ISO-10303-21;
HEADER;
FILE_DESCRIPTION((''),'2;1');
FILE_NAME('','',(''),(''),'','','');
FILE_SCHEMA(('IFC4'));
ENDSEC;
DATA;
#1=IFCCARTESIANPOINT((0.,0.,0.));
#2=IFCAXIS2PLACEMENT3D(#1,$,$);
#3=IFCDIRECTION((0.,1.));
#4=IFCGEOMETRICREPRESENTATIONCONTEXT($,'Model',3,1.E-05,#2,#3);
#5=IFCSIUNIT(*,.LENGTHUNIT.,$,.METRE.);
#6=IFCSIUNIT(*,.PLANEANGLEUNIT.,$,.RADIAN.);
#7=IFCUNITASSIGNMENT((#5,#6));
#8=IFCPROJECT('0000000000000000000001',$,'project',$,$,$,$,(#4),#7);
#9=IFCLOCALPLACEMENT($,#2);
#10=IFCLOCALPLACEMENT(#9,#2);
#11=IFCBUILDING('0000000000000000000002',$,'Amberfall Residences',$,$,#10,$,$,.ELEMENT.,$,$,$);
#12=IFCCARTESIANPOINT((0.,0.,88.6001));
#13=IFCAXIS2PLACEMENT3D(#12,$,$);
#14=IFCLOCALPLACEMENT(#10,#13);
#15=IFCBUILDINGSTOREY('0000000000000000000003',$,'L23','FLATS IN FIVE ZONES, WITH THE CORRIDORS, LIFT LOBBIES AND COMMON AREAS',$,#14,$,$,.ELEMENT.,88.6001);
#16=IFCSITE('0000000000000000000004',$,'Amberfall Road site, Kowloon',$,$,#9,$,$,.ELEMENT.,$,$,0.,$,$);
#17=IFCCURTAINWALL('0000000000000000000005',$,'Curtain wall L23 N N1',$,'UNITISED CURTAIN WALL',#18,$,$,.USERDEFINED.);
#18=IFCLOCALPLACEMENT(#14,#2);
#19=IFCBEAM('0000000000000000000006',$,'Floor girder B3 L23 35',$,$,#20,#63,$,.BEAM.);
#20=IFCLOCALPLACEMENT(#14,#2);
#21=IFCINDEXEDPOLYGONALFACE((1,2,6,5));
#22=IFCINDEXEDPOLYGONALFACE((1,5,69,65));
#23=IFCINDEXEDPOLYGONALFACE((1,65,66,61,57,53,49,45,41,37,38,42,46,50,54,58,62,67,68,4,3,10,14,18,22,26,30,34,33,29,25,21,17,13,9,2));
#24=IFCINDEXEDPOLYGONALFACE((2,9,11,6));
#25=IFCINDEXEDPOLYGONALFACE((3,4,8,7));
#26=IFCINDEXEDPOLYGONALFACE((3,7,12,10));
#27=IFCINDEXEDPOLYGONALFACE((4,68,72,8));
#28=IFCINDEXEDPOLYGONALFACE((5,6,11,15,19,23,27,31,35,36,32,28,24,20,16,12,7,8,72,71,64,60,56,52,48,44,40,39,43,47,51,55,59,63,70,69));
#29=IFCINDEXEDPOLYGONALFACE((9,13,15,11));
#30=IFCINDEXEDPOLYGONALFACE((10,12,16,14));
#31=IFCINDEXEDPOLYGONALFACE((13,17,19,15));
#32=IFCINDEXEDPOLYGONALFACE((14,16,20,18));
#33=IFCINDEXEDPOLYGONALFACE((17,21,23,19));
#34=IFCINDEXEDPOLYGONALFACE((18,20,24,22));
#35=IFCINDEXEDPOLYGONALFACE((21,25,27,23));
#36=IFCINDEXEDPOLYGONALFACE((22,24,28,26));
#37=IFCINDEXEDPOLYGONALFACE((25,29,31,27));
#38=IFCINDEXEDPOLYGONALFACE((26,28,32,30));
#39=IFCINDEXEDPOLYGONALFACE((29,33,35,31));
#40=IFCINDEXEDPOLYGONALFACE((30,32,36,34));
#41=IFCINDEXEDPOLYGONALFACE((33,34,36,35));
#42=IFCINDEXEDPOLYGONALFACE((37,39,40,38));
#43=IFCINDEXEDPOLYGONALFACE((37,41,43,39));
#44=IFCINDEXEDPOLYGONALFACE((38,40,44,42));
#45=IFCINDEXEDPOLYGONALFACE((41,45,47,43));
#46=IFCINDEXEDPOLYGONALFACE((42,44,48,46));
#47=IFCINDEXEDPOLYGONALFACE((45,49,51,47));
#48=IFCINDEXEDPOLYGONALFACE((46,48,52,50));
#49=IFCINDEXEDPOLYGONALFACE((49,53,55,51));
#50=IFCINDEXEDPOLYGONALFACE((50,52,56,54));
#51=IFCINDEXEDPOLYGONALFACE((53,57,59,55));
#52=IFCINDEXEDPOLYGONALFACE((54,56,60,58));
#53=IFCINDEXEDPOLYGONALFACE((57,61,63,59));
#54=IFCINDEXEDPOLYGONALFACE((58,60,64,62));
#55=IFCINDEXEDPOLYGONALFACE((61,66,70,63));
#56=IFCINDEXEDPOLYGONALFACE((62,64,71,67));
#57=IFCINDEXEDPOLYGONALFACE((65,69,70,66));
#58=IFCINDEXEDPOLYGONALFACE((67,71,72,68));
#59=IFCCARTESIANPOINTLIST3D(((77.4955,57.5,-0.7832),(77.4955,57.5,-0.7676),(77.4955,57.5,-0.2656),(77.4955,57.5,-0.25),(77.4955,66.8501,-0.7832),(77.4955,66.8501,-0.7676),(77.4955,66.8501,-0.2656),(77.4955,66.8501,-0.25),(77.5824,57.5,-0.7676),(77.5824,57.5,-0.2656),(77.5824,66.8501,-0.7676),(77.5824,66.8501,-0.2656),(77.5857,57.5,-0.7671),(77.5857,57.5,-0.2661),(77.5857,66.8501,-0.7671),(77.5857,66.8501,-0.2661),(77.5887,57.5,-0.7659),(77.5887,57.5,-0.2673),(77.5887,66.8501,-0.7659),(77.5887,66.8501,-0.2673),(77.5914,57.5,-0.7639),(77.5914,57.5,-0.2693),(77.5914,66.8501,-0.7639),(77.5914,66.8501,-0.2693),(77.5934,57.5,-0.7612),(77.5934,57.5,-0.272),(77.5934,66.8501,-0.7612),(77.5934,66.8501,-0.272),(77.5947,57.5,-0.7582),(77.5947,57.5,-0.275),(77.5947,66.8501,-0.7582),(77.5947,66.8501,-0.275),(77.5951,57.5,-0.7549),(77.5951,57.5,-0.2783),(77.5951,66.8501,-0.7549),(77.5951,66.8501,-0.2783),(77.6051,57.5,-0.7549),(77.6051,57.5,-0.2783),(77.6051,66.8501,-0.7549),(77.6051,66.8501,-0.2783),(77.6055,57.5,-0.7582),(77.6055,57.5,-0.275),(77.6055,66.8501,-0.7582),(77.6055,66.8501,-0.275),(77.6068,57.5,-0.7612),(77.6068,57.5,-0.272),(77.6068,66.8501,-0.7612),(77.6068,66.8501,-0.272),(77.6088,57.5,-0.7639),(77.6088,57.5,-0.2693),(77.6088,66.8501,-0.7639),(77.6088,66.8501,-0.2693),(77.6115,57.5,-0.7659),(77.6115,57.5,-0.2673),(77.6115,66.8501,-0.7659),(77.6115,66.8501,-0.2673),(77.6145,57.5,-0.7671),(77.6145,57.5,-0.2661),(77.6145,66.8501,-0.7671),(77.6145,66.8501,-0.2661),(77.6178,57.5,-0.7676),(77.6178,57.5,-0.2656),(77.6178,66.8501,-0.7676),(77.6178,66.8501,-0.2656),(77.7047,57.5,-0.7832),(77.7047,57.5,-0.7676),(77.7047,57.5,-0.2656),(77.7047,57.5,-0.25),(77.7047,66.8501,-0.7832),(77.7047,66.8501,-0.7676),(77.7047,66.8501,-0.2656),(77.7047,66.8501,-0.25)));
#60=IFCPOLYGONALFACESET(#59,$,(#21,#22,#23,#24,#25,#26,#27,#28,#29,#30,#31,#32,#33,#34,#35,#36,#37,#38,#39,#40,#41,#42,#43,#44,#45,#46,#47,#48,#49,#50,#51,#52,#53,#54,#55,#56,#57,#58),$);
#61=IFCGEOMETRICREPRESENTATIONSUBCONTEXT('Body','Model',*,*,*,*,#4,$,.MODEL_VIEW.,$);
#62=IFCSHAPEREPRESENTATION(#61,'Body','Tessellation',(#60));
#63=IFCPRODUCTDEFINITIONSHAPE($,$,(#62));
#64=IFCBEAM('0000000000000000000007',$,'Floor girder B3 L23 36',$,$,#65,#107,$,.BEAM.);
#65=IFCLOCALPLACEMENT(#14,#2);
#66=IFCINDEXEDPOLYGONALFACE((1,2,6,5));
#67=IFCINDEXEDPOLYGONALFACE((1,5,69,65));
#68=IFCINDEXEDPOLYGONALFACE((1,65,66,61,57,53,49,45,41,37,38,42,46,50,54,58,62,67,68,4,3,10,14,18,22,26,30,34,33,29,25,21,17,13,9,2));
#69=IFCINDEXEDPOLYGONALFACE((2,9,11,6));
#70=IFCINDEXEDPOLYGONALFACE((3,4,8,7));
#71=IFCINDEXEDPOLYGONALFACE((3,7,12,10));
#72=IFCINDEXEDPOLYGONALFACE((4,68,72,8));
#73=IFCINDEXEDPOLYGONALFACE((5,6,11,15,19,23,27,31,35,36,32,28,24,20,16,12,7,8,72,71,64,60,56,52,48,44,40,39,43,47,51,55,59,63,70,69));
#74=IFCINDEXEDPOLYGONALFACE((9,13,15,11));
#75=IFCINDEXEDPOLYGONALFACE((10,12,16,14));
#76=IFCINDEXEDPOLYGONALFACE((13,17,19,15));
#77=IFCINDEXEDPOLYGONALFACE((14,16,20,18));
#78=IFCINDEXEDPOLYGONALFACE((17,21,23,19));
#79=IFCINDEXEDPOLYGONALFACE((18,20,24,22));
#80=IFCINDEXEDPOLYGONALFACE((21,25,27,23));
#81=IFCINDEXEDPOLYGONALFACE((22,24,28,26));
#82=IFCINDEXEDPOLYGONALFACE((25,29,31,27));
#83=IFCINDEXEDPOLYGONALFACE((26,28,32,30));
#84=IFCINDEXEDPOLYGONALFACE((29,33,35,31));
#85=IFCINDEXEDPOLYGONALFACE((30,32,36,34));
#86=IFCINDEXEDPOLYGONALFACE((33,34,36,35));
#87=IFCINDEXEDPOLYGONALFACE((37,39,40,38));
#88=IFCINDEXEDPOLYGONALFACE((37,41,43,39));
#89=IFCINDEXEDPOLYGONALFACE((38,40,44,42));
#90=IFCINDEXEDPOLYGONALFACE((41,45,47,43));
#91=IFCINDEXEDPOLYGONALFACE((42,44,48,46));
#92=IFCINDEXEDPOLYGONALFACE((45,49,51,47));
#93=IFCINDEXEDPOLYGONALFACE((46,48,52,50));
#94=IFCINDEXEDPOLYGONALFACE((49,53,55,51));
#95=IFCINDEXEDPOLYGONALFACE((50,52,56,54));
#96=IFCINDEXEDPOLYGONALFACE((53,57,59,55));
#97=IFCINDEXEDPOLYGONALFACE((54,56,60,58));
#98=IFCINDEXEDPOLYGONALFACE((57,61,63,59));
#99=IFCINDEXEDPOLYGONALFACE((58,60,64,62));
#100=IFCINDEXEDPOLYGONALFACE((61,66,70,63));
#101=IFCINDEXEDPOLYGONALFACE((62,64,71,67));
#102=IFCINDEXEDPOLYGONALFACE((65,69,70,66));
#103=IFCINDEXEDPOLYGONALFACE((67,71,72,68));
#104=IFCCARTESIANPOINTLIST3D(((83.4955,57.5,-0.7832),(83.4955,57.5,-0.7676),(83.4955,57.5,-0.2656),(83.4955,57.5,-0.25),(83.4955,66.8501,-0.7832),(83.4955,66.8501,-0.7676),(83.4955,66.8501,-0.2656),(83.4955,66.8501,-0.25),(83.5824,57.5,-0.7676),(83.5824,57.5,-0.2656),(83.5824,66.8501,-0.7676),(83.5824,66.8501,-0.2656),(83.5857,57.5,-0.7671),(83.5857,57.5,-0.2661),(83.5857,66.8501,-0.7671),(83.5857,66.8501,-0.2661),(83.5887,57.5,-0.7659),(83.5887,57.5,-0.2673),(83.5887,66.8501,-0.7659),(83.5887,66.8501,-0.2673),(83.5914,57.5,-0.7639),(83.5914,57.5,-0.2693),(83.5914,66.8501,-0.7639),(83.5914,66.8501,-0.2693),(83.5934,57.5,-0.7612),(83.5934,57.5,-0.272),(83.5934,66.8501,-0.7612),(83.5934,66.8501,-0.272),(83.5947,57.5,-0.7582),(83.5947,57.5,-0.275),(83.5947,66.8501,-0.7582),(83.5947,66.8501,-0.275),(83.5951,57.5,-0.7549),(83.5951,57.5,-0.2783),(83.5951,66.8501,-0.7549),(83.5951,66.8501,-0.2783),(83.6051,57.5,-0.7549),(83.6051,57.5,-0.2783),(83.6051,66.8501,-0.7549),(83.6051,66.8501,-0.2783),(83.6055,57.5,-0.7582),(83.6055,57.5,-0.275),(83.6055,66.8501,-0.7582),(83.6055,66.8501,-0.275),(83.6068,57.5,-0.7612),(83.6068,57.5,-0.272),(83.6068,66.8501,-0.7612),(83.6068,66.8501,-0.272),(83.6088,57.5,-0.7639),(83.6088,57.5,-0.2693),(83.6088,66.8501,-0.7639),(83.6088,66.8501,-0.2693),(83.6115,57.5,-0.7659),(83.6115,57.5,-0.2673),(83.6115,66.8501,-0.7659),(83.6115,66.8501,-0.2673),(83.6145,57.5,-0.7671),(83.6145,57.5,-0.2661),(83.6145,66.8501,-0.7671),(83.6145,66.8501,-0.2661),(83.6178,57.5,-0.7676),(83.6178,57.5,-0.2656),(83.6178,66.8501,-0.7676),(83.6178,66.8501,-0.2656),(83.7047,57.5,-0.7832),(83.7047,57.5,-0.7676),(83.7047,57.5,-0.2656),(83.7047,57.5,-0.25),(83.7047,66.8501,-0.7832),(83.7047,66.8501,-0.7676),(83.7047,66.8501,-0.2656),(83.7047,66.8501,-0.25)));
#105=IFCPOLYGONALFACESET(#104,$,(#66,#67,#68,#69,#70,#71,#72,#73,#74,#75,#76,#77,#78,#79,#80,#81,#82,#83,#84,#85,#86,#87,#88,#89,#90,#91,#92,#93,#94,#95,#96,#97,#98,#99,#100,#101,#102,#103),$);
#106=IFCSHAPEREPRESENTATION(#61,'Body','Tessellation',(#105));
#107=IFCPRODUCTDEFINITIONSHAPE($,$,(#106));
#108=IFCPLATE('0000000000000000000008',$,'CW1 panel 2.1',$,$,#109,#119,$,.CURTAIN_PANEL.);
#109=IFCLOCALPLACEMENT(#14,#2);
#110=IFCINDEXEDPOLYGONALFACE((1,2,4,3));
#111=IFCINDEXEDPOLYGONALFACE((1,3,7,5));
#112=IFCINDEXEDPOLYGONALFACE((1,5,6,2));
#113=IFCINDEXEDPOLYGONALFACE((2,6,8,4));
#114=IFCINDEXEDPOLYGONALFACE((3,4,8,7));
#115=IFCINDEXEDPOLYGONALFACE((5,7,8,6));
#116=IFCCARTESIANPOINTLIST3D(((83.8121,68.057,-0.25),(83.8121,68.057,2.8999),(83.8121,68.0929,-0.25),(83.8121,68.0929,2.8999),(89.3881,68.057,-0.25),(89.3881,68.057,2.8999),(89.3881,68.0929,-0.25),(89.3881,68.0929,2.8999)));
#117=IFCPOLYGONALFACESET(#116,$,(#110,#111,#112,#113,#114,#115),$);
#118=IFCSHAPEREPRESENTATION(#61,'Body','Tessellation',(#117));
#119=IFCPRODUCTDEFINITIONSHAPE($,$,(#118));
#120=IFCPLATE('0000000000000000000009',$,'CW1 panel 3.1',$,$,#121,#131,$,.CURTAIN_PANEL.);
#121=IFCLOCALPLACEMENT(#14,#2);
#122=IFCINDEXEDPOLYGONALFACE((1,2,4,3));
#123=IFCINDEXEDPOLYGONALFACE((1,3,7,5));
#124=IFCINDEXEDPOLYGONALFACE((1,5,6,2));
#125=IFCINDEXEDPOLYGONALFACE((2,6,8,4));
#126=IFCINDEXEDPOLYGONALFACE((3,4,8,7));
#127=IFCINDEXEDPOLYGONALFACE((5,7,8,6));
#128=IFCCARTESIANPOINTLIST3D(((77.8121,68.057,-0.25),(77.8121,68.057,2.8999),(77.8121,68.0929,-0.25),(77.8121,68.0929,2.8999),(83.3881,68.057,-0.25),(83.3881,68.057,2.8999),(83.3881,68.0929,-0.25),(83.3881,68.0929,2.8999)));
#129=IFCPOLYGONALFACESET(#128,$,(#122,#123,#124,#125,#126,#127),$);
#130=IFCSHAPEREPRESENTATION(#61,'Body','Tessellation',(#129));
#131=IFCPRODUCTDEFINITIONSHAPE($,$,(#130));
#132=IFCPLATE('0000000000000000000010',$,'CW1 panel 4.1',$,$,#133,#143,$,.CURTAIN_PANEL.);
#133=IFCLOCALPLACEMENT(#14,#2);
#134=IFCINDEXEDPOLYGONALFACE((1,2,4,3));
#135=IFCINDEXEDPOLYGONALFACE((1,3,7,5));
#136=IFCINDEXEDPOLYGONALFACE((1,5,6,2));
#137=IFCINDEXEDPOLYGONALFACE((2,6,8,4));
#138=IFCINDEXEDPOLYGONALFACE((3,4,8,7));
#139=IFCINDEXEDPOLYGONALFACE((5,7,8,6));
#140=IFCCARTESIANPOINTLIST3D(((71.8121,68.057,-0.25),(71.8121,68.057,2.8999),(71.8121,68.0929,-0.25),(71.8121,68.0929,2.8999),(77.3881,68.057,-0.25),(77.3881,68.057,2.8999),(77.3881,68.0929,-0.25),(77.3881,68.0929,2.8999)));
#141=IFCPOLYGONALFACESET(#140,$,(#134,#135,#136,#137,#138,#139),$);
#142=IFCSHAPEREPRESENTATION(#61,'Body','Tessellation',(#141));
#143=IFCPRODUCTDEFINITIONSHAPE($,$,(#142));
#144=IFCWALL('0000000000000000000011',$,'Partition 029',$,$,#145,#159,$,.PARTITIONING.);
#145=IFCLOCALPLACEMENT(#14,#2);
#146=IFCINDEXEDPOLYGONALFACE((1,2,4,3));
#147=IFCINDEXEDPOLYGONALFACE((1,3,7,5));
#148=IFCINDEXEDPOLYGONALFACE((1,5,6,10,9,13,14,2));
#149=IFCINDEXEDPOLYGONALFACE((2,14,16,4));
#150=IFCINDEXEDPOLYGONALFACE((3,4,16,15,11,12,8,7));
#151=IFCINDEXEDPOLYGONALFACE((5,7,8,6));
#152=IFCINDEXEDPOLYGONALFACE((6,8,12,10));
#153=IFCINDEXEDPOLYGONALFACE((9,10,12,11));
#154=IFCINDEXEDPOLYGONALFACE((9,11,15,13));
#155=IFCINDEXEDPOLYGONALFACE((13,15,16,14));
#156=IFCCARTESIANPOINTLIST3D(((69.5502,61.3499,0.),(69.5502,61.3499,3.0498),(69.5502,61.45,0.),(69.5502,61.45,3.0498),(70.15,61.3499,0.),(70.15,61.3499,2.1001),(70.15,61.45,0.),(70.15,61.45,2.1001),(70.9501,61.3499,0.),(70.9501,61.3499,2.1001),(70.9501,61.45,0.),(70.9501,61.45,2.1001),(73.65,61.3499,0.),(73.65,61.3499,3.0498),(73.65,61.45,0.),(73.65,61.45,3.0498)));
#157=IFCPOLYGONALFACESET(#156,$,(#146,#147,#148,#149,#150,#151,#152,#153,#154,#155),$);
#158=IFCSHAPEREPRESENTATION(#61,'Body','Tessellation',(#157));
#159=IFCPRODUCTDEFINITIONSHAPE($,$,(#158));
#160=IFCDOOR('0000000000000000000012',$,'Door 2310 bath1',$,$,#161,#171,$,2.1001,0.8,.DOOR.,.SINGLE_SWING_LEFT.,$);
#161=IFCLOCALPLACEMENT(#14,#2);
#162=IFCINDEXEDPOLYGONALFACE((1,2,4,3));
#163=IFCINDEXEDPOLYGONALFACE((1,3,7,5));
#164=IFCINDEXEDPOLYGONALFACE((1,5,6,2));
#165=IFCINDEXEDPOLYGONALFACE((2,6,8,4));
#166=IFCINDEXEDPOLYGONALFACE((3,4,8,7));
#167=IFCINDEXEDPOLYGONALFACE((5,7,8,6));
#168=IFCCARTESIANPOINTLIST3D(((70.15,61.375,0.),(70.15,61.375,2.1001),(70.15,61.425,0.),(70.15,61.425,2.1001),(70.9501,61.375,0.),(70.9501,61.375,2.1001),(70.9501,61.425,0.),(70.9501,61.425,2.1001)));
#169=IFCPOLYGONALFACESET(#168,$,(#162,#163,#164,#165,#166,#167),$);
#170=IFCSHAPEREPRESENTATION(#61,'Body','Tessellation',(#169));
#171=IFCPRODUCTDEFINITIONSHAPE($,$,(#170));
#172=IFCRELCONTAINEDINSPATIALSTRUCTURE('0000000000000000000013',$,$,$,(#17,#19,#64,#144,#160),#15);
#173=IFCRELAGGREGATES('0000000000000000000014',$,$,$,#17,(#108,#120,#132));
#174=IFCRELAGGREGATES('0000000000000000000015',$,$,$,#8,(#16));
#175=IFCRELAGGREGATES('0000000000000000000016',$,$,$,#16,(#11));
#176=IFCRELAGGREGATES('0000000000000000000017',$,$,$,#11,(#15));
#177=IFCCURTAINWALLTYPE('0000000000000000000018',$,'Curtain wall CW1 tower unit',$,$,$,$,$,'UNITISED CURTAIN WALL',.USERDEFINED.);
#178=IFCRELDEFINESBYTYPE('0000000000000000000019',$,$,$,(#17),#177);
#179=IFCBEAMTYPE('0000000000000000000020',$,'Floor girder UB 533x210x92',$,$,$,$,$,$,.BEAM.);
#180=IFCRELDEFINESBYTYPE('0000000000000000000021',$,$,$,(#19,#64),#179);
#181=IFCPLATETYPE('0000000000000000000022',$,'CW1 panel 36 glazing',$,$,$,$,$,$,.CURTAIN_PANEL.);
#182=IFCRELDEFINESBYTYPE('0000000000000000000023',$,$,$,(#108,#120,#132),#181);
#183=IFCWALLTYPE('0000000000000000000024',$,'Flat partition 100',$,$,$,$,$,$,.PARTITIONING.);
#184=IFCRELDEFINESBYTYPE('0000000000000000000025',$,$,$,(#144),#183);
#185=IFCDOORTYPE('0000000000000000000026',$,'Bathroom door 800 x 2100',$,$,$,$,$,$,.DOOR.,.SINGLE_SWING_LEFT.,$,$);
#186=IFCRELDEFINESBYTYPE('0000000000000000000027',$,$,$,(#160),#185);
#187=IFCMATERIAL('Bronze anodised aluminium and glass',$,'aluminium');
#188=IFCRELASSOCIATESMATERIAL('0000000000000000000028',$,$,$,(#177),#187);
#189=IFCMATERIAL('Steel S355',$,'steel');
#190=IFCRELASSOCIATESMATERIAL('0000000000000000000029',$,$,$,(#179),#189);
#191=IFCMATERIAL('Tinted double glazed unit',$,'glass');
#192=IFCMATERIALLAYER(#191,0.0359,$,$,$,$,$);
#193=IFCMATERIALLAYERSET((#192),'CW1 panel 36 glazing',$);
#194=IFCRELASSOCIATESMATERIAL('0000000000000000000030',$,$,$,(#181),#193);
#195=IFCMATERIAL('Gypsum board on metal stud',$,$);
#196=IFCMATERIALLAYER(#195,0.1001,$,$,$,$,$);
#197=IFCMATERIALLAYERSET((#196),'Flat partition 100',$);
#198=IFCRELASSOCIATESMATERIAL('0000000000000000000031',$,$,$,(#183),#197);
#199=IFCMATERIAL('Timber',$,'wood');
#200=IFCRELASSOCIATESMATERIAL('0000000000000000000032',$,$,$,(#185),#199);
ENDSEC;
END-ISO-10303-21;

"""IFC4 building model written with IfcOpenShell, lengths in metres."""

from ifc_helpers import new_model, si_unit, direction, frame, frame_2d, origin, origin_2d, place, context, subcontext, project, spatial, rectangle, i_section, extrude, material, layer, layer_set, material_profile, profile_set, type_object, element, fill, aggregate, save


model = new_model("IFC4")

# Units and contexts
model_context = context("Model", 3, precision=1e-05, world=origin(), true_north=direction((0.0, 1.0)))
body_context = subcontext(model_context, "Body", "Model", "MODEL_VIEW")
ifc_project = project(units=[si_unit("LENGTHUNIT", "METRE"), si_unit("PLANEANGLEUNIT", "RADIAN")], contexts=[model_context])

# Site, building, storey
site_placement = place(None, origin())
site = spatial("IfcSite", under=ifc_project, at=site_placement, Name="Amberfall Road site, Kowloon", CompositionType="ELEMENT", RefElevation=0.0)
building_placement = place(site_placement, origin())
building = spatial("IfcBuilding", under=site, at=building_placement, Name="Amberfall Residences", CompositionType="ELEMENT")
storey_placement = place(building_placement, frame((0.0, 0.0, 88.6001)))
storey = spatial("IfcBuildingStorey", under=building, at=storey_placement, Name="L23", Description="FLATS IN FIVE ZONES, WITH THE CORRIDORS, LIFT LOBBIES AND COMMON AREAS", CompositionType="ELEMENT", Elevation=88.6001)

# Curtain wall
ifc_material_1 = material(Name="Bronze anodised aluminium and glass", Category="aluminium")
curtain_wall_type = type_object("IfcCurtainWallType", Name="Curtain wall CW1 tower unit", ElementType="UNITISED CURTAIN WALL", PredefinedType="USERDEFINED", material=ifc_material_1)
curtain_wall_placement = place(storey_placement, origin())
curtain_wall = element("IfcCurtainWall", 1, at=curtain_wall_placement, inside=storey, type_object=curtain_wall_type, Name="Curtain wall L23 N N1", ObjectType="UNITISED CURTAIN WALL", PredefinedType="USERDEFINED")

# Shared definitions
ifc_material_2 = material(Name="Steel S355", Category="steel")

# Beams
ifc_material_profile_1 = material_profile(ifc_material_2, i_section(OverallWidth=0.2092, OverallDepth=0.5332, WebThickness=0.01, FlangeThickness=0.0156, FilletRadius=0.0127, at=origin_2d()), Name="UB 533x210x92")
ifc_profile_set_1 = profile_set([ifc_material_profile_1], Name="Steel S355")
beam_type_1 = type_object("IfcBeamType", Name="Floor girder UB 533x210x92", PredefinedType="BEAM", material=ifc_profile_set_1)
for number, where, z_axis, x_axis, name in (
    (2, (77.6001, 66.8501, -0.5166), (0.0, -1.0, 0.0), (1.0, 0.0, 0.0), "Floor girder B3 L23 35"),
    (3, (83.6001, 66.8501, -0.5166), (0.0, -1.0, 0.0), (1.0, 0.0, 0.0), "Floor girder B3 L23 36"),
):
    element("IfcBeam", number, at=place(storey_placement, frame(where, z_axis=z_axis, x_axis=x_axis)), inside=storey, type_object=beam_type_1, Name=name, PredefinedType="BEAM", context=body_context, shape_type="SweptSolid", body=[
        extrude(i_section(OverallWidth=0.2092, OverallDepth=0.5332, WebThickness=0.01, FlangeThickness=0.0156, FilletRadius=0.0127, at=origin_2d()), origin(), (0.0, 0.0, 1.0), 9.3501),
    ])

# Plates
ifc_material_3 = material(Name="Tinted double glazed unit", Category="glass")
ifc_layer_1 = layer(ifc_material_3, 0.0359)
ifc_layer_set_1 = layer_set([ifc_layer_1], Name="CW1 panel 36 glazing")
plate_type = type_object("IfcPlateType", Name="CW1 panel 36 glazing", PredefinedType="CURTAIN_PANEL", material=ifc_layer_set_1)
plate_1_placement = place(storey_placement, frame((86.6001, 68.075, -0.25), z_axis=(0.0, 0.0, 1.0), x_axis=(-1.0, 0.0, 0.0)))
plate_1 = element("IfcPlate", 4, at=plate_1_placement, type_object=plate_type, Name="CW1 panel 2.1", PredefinedType="CURTAIN_PANEL", context=body_context, shape_type="SweptSolid", body=[
    extrude(rectangle(XDim=5.5759, YDim=0.0359, at=origin_2d()), origin(), (0.0, 0.0, 1.0), 3.1499),
])
plate_2_placement = place(storey_placement, frame((80.6001, 68.075, -0.25), z_axis=(0.0, 0.0, 1.0), x_axis=(-1.0, 0.0, 0.0)))
plate_2 = element("IfcPlate", 5, at=plate_2_placement, type_object=plate_type, Name="CW1 panel 3.1", PredefinedType="CURTAIN_PANEL", context=body_context, shape_type="SweptSolid", body=[
    extrude(rectangle(XDim=5.5759, YDim=0.0359, at=origin_2d()), origin(), (0.0, 0.0, 1.0), 3.1499),
])
plate_3_placement = place(storey_placement, frame((74.6001, 68.075, -0.25), z_axis=(0.0, 0.0, 1.0), x_axis=(-1.0, 0.0, 0.0)))
plate_3 = element("IfcPlate", 6, at=plate_3_placement, type_object=plate_type, Name="CW1 panel 4.1", PredefinedType="CURTAIN_PANEL", context=body_context, shape_type="SweptSolid", body=[
    extrude(rectangle(XDim=5.5759, YDim=0.0359, at=origin_2d()), origin(), (0.0, 0.0, 1.0), 3.1499),
])
aggregate(curtain_wall, [plate_1, plate_2, plate_3])

# Wall, opening, door
ifc_material_4 = material(Name="Gypsum board on metal stud")
ifc_layer_2 = layer(ifc_material_4, 0.1001)
ifc_layer_set_2 = layer_set([ifc_layer_2], Name="Flat partition 100")
wall_type_1 = type_object("IfcWallType", Name="Flat partition 100", PredefinedType="PARTITIONING", material=ifc_layer_set_2)
wall_1_placement = place(storey_placement, frame((73.6499, 61.3999, 0.0), z_axis=(0.0, 0.0, 1.0), x_axis=(-1.0, 0.0, 0.0)))
wall_1 = element("IfcWall", 7, at=wall_1_placement, inside=storey, type_object=wall_type_1, Name="Partition 029", PredefinedType="PARTITIONING", context=body_context, shape_type="SweptSolid", body=[
    extrude(rectangle(XDim=4.0999, YDim=0.1001, at=frame_2d((2.0498, 0.0))), origin(), (0.0, 0.0, 1.0), 3.0498),
])
opening_1_placement = place(wall_1_placement, frame((2.7, 0.0, 0.0)))
opening_1 = element("IfcOpeningElement", 8, at=opening_1_placement, cuts=wall_1, PredefinedType="OPENING", context=body_context, shape_type="SweptSolid", body=[
    extrude(rectangle(XDim=0.8, YDim=2.1001, at=frame_2d((0.3999, 1.05))), frame((0.0, 0.0601, 0.0), z_axis=(0.0, -1.0, 0.0), x_axis=(1.0, 0.0, 0.0)), (0.0, 0.0, 1.0), 0.1201),
])
ifc_material_5 = material(Name="Timber", Category="wood")
door_type_1 = type_object("IfcDoorType", Name="Bathroom door 800 x 2100", OperationType="SINGLE_SWING_LEFT", PredefinedType="DOOR", material=ifc_material_5)
door_1_placement = place(opening_1_placement, origin())
door_1 = element("IfcDoor", 9, at=door_1_placement, inside=storey, type_object=door_type_1, Name="Door 2310 bath1", OperationType="SINGLE_SWING_LEFT", OverallHeight=2.1001, OverallWidth=0.8, PredefinedType="DOOR", context=body_context, shape_type="SweptSolid", body=[
    extrude(rectangle(XDim=0.8, YDim=2.1001, at=frame_2d((0.3999, 1.05))), frame((0.0, 0.0249, 0.0), z_axis=(0.0, -1.0, 0.0), x_axis=(1.0, 0.0, 0.0)), (0.0, 0.0, 1.0), 0.05),
])
fill(opening_1, door_1)

save(model, "model.ifc")
